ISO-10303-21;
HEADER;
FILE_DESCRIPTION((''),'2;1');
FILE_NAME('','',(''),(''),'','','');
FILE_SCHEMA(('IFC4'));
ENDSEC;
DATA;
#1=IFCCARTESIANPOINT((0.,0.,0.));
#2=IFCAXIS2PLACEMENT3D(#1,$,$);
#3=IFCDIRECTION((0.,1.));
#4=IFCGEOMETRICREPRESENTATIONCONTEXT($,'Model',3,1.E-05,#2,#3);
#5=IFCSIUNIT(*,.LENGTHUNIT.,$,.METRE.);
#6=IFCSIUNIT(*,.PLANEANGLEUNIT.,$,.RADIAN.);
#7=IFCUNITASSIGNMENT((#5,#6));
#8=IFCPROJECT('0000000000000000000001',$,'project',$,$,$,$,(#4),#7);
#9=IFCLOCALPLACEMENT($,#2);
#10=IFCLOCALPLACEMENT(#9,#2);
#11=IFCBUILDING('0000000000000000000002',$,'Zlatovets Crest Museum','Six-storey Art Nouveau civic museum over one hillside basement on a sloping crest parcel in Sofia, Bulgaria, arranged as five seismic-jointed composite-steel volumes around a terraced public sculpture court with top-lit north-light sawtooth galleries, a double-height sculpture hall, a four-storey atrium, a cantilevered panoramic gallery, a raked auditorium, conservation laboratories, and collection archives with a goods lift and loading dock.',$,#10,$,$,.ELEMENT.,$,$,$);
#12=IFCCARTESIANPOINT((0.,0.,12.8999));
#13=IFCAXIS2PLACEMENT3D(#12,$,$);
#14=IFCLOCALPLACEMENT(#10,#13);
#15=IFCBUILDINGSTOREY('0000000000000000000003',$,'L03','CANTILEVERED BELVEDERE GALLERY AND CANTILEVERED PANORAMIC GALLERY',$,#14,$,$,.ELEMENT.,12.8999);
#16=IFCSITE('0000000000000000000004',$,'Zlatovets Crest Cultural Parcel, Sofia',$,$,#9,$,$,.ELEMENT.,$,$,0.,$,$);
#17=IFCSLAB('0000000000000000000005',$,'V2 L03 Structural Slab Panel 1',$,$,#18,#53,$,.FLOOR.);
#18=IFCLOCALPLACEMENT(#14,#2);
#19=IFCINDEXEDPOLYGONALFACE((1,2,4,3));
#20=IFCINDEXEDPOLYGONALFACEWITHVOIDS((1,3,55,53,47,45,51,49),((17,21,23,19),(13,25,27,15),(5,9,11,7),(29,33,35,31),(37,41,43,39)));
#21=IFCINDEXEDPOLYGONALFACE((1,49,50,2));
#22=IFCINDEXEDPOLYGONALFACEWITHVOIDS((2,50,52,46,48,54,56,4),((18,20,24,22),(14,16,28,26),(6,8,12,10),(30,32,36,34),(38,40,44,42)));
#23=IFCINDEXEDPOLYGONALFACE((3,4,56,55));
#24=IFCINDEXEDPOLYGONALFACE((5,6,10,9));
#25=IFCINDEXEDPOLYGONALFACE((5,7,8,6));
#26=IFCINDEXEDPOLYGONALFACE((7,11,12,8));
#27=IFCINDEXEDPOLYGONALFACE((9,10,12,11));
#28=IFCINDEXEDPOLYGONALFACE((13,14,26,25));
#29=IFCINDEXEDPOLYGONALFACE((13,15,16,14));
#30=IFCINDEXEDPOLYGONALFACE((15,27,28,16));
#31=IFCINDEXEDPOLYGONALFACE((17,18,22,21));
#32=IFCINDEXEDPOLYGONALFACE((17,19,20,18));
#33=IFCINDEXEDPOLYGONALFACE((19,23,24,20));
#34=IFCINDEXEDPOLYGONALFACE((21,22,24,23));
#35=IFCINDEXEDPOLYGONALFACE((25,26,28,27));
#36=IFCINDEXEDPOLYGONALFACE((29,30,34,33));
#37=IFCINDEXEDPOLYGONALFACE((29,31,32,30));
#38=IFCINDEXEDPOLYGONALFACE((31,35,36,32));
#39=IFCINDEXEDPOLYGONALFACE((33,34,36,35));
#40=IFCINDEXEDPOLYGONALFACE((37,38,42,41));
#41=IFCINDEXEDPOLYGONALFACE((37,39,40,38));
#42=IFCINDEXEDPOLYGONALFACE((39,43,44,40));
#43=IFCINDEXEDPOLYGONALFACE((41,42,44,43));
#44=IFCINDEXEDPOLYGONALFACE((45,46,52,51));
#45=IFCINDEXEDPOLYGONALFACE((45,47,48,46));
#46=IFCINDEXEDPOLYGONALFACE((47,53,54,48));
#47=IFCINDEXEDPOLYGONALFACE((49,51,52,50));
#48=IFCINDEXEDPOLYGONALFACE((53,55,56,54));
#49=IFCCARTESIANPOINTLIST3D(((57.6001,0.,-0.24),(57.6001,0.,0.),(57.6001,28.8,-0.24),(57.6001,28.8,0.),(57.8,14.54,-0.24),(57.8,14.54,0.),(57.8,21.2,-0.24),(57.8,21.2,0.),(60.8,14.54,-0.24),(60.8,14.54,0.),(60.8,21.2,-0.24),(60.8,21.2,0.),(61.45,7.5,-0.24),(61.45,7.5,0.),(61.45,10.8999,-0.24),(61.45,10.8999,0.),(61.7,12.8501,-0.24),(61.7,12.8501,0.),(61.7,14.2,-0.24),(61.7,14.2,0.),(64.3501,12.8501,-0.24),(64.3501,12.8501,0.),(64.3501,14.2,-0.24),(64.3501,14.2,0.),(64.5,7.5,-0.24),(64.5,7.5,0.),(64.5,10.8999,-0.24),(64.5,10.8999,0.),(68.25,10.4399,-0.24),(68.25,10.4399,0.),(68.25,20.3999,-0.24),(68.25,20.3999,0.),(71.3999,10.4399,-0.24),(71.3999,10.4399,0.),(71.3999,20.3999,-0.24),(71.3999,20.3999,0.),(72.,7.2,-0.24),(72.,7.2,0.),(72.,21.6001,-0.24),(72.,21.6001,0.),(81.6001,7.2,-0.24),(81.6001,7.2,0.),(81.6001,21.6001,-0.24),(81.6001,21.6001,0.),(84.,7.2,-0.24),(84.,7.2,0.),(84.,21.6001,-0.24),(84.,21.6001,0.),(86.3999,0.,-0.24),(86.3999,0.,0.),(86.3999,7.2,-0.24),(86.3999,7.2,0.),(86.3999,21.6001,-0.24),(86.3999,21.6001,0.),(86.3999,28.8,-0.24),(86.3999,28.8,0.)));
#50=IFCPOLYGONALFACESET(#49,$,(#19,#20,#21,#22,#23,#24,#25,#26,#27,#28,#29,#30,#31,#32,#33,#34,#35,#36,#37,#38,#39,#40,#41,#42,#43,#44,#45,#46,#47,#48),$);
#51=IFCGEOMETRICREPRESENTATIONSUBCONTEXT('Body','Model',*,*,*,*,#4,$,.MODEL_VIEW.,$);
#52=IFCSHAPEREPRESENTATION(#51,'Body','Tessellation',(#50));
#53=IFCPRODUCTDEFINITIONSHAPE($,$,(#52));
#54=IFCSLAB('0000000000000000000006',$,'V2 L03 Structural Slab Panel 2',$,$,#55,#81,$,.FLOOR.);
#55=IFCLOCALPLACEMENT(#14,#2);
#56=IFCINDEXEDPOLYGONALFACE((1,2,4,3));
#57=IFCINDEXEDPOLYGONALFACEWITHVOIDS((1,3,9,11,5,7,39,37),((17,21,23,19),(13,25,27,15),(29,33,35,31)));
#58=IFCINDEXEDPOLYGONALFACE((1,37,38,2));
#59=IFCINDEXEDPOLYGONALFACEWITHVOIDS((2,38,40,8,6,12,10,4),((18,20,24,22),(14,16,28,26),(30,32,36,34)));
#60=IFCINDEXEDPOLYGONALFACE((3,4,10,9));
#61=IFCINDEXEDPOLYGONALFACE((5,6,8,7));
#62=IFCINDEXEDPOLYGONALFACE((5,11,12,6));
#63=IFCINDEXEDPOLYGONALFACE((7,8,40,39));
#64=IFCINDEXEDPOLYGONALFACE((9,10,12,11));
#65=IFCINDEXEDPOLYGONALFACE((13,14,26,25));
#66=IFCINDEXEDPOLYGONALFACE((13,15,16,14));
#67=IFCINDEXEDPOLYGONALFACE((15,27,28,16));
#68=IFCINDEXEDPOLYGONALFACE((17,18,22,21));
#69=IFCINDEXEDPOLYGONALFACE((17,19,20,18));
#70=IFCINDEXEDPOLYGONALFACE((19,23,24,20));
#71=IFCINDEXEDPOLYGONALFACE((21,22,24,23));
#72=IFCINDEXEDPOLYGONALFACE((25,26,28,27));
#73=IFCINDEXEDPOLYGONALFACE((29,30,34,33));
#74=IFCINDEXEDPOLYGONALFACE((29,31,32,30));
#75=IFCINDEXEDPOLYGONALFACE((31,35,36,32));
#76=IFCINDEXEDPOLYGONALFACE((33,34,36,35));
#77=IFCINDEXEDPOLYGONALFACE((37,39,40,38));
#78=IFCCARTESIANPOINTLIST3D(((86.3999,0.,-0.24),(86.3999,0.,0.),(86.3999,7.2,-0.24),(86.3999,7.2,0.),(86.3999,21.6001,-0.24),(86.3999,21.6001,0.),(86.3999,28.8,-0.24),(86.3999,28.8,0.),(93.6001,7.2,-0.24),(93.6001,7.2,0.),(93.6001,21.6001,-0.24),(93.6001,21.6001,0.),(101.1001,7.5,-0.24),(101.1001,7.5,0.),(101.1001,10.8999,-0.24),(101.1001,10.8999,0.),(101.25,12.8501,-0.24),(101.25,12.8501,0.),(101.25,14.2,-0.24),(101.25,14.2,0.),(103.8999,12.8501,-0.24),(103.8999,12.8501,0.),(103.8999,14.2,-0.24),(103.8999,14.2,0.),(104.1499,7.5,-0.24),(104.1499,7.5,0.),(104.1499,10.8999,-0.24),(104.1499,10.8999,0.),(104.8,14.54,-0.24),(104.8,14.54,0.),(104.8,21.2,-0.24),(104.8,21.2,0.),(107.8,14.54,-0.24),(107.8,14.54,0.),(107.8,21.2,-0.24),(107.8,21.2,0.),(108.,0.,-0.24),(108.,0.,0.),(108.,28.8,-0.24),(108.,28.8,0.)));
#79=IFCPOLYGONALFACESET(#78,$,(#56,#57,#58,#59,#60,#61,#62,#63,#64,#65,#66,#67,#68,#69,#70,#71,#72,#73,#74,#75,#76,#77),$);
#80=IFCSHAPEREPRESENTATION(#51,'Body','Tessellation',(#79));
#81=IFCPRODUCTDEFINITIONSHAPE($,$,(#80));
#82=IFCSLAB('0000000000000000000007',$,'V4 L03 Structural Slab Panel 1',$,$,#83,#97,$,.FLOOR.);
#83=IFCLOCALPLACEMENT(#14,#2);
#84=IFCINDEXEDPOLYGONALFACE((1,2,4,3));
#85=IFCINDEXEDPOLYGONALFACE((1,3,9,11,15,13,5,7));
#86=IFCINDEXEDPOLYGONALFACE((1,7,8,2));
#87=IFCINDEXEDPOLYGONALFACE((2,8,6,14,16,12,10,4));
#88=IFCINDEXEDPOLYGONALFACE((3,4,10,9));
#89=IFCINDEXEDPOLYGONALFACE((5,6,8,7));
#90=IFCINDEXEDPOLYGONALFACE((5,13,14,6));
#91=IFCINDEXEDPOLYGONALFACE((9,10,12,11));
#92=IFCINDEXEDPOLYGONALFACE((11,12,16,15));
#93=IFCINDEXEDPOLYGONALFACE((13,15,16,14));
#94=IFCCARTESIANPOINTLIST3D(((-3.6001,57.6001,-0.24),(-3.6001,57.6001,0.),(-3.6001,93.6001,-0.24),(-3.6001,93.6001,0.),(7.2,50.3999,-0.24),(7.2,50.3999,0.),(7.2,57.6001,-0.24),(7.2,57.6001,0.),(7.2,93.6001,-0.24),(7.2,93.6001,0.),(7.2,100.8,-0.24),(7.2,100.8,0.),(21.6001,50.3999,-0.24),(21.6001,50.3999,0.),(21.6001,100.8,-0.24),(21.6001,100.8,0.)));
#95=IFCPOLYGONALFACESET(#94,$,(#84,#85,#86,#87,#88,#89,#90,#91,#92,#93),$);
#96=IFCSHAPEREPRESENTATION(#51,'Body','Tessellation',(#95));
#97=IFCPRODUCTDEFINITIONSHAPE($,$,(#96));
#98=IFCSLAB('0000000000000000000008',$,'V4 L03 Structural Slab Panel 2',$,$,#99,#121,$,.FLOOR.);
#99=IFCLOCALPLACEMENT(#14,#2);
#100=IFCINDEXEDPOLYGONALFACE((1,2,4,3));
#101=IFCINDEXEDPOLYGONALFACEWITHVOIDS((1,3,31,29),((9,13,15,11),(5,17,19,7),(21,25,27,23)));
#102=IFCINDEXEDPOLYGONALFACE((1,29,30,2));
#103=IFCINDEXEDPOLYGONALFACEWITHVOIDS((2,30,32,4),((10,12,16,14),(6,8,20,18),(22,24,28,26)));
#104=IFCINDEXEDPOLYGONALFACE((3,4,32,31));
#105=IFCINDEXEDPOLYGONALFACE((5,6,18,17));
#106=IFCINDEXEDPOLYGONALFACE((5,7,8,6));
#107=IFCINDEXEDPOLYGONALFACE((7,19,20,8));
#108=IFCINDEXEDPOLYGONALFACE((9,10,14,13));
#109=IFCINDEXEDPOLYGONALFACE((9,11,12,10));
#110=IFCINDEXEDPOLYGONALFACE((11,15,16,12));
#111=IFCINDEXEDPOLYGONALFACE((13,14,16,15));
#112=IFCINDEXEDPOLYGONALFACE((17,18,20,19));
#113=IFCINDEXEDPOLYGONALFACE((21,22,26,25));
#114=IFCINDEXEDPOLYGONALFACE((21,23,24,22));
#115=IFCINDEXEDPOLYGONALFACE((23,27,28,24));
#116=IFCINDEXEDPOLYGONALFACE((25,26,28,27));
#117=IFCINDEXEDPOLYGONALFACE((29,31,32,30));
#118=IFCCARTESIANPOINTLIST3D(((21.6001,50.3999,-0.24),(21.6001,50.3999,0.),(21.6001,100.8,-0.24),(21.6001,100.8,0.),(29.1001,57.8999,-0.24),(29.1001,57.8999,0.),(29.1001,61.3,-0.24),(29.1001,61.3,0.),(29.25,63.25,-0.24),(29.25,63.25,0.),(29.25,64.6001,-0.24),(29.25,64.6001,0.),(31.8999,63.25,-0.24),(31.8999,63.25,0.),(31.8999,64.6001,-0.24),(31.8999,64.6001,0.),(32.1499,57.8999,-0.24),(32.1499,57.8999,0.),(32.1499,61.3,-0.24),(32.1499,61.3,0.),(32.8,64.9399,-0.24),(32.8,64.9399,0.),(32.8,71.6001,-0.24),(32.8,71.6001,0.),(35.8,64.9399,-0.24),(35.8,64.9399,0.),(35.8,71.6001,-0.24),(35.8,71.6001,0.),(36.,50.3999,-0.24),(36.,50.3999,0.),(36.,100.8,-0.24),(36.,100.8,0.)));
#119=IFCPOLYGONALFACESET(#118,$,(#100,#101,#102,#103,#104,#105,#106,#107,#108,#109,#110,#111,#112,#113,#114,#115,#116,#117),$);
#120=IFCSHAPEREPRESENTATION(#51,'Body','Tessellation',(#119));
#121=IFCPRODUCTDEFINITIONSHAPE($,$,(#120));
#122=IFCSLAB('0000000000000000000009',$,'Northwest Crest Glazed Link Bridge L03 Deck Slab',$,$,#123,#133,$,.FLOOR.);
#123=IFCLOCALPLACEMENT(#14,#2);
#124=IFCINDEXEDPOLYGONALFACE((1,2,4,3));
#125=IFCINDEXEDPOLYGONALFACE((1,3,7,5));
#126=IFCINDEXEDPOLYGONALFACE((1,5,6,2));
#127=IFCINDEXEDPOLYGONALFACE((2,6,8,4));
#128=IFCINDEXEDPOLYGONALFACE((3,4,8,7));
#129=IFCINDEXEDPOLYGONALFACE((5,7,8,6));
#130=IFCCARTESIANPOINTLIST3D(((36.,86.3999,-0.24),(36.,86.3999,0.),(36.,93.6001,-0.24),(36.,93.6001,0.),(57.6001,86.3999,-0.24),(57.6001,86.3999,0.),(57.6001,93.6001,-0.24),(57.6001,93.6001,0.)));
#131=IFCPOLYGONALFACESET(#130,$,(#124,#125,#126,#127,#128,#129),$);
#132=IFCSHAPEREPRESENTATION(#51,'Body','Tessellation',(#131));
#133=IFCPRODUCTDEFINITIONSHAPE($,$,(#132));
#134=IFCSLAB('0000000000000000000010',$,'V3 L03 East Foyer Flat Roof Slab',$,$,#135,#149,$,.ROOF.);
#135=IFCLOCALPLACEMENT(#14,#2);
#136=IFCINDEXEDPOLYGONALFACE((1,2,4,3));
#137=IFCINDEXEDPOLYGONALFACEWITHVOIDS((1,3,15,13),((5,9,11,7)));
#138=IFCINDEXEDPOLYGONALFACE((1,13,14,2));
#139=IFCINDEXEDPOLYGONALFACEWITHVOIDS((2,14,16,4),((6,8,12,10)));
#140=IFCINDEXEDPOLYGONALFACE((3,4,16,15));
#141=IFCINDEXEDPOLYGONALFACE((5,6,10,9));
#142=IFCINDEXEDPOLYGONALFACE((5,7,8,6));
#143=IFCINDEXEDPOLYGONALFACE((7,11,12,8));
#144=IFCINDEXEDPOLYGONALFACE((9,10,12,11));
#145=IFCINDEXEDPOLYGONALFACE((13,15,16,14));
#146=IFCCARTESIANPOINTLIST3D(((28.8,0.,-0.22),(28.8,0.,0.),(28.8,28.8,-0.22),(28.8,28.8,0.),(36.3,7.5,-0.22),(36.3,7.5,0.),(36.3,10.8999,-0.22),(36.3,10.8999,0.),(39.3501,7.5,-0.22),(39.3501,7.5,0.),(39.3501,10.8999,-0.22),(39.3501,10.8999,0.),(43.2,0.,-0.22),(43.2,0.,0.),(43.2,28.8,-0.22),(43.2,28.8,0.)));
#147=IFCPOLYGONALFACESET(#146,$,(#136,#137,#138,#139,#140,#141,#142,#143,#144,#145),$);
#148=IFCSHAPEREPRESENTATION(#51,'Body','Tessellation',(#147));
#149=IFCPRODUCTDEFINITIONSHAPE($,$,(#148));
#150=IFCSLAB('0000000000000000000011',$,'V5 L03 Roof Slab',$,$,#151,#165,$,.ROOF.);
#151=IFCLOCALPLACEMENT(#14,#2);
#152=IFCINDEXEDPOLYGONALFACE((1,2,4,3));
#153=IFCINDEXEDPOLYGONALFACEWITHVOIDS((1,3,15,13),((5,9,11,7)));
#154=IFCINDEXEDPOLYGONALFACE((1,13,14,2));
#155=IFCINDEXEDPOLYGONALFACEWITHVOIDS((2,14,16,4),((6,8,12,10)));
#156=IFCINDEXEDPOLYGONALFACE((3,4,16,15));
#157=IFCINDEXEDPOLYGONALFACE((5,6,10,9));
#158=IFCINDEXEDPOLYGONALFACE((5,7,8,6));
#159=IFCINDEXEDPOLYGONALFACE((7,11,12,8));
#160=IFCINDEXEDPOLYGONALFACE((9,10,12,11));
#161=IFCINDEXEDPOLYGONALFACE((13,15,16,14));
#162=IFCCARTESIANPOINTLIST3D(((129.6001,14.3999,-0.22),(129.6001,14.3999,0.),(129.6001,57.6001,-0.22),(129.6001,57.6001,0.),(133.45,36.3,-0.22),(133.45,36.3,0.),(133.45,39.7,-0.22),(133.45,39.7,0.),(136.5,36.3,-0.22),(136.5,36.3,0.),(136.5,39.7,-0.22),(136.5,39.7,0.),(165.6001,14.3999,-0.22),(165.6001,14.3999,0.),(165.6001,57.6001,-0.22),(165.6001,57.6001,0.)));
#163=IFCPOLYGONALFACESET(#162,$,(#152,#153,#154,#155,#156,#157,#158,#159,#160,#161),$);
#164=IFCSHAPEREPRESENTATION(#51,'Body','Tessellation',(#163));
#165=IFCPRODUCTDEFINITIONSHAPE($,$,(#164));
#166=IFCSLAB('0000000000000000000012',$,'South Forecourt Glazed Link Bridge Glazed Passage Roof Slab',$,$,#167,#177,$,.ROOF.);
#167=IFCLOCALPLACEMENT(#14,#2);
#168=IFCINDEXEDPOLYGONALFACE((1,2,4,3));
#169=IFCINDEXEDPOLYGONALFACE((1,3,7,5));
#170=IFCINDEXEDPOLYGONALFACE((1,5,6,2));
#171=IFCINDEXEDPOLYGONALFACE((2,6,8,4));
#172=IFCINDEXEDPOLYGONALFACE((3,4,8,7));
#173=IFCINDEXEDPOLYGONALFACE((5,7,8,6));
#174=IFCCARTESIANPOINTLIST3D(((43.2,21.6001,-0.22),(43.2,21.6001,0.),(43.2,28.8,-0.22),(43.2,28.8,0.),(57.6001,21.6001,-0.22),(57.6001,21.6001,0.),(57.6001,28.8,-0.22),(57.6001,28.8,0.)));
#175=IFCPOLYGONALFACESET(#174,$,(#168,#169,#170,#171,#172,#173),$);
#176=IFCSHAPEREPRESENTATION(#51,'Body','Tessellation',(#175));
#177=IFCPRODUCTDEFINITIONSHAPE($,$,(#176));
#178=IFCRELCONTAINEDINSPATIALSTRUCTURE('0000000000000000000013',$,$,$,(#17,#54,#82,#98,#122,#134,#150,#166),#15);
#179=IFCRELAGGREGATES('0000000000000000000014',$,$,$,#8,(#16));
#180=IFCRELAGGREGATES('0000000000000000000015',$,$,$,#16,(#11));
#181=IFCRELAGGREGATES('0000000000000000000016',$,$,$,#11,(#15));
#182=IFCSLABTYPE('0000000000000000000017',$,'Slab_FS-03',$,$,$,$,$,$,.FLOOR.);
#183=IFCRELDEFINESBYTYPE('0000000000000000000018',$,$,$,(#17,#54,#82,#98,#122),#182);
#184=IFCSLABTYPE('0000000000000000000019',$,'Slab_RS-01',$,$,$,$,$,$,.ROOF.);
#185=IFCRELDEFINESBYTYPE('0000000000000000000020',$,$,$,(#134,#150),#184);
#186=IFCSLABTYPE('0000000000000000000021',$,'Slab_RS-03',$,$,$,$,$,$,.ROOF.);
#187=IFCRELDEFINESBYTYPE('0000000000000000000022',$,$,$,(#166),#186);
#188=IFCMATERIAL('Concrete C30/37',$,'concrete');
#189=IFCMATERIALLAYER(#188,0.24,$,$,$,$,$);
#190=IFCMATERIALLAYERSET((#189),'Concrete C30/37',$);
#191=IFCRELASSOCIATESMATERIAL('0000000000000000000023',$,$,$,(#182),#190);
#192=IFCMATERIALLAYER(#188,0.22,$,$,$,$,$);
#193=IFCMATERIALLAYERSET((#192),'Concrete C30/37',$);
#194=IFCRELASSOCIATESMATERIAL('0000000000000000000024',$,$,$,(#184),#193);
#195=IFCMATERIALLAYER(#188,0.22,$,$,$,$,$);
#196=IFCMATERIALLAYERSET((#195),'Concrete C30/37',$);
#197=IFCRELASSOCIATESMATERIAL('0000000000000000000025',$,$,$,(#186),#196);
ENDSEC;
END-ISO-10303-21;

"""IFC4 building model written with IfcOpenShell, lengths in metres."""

from ifc_helpers import new_model, si_unit, direction, frame, origin, place, context, subcontext, project, spatial, polyline, outline, extrude, material, layer, layer_set, type_object, element, save


model = new_model("IFC4")

# Units and contexts
model_context = context("Model", 3, precision=1e-05, world=origin(), true_north=direction((0.0, 1.0)))
body_context = subcontext(model_context, "Body", "Model", "MODEL_VIEW")
ifc_project = project(units=[si_unit("LENGTHUNIT", "METRE"), si_unit("PLANEANGLEUNIT", "RADIAN")], contexts=[model_context])

# Site, building, storey
site_placement = place(None, origin())
site = spatial("IfcSite", under=ifc_project, at=site_placement, Name="Zlatovets Crest Cultural Parcel, Sofia", CompositionType="ELEMENT", RefElevation=0.0)
building_placement = place(site_placement, origin())
building = spatial("IfcBuilding", under=site, at=building_placement, Name="Zlatovets Crest Museum", Description="Six-storey Art Nouveau civic museum over one hillside basement on a sloping crest parcel in Sofia, Bulgaria, arranged as five seismic-jointed composite-steel volumes around a terraced public sculpture court with top-lit north-light sawtooth galleries, a double-height sculpture hall, a four-storey atrium, a cantilevered panoramic gallery, a raked auditorium, conservation laboratories, and collection archives with a goods lift and loading dock.", CompositionType="ELEMENT")
storey_placement = place(building_placement, frame((0.0, 0.0, 12.8999)))
storey = spatial("IfcBuildingStorey", under=building, at=storey_placement, Name="L03", Description="CANTILEVERED BELVEDERE GALLERY AND CANTILEVERED PANORAMIC GALLERY", CompositionType="ELEMENT", Elevation=12.8999)

# Slabs
ifc_material_1 = material(Name="Concrete C30/37", Category="concrete")
ifc_layer_1 = layer(ifc_material_1, 0.24)
ifc_layer_set_1 = layer_set([ifc_layer_1], Name="Concrete C30/37")
slab_type_1 = type_object("IfcSlabType", Name="Slab_FS-03", PredefinedType="FLOOR", material=ifc_layer_set_1)
slab_1_placement = place(storey_placement, frame((0.0, 0.0, -0.24)))
element("IfcSlab", 1, at=slab_1_placement, inside=storey, type_object=slab_type_1, Name="V2 L03 Structural Slab Panel 1", PredefinedType="FLOOR", context=body_context, shape_type="SweptSolid", body=[
    extrude(outline(polyline([(57.6001, 28.8), (86.3999, 28.8), (86.3999, 21.6001), (84.0, 21.6001), (84.0, 7.2), (86.3999, 7.2), (86.3999, 0.0), (57.6001, 0.0), (57.6001, 28.8)]), holes=[polyline([(72.0, 7.2), (81.6001, 7.2), (81.6001, 21.6001), (72.0, 21.6001), (72.0, 7.2)]), polyline([(57.8, 14.54), (60.8, 14.54), (60.8, 21.2), (57.8, 21.2), (57.8, 14.54)]), polyline([(71.3999, 20.3999), (68.25, 20.3999), (68.25, 10.4399), (71.3999, 10.4399), (71.3999, 20.3999)]), polyline([(64.5, 7.5), (64.5, 10.8999), (61.45, 10.8999), (61.45, 7.5), (64.5, 7.5)]), polyline([(61.7, 12.8501), (64.3501, 12.8501), (64.3501, 14.2), (61.7, 14.2), (61.7, 12.8501)])]), origin(), (0.0, 0.0, 1.0), 0.24),
])
slab_2_placement = place(storey_placement, frame((0.0, 0.0, -0.24)))
element("IfcSlab", 2, at=slab_2_placement, inside=storey, type_object=slab_type_1, Name="V2 L03 Structural Slab Panel 2", PredefinedType="FLOOR", context=body_context, shape_type="SweptSolid", body=[
    extrude(outline(polyline([(108.0, 0.0), (86.3999, 0.0), (86.3999, 7.2), (93.6001, 7.2), (93.6001, 21.6001), (86.3999, 21.6001), (86.3999, 28.8), (108.0, 28.8), (108.0, 0.0)]), holes=[polyline([(104.8, 21.2), (104.8, 14.54), (107.8, 14.54), (107.8, 21.2), (104.8, 21.2)]), polyline([(101.1001, 10.8999), (101.1001, 7.5), (104.1499, 7.5), (104.1499, 10.8999), (101.1001, 10.8999)]), polyline([(103.8999, 14.2), (101.25, 14.2), (101.25, 12.8501), (103.8999, 12.8501), (103.8999, 14.2)])]), origin(), (0.0, 0.0, 1.0), 0.24),
])
slab_3_placement = place(storey_placement, frame((0.0, 0.0, -0.24)))
element("IfcSlab", 3, at=slab_3_placement, inside=storey, type_object=slab_type_1, Name="V4 L03 Structural Slab Panel 1", PredefinedType="FLOOR", context=body_context, shape_type="SweptSolid", body=[
    extrude(outline(polyline([(21.6001, 100.8), (21.6001, 50.3999), (7.2, 50.3999), (7.2, 57.6001), (-3.6001, 57.6001), (-3.6001, 93.6001), (7.2, 93.6001), (7.2, 100.8), (21.6001, 100.8)])), origin(), (0.0, 0.0, 1.0), 0.24),
])
slab_4_placement = place(storey_placement, frame((0.0, 0.0, -0.24)))
element("IfcSlab", 4, at=slab_4_placement, inside=storey, type_object=slab_type_1, Name="V4 L03 Structural Slab Panel 2", PredefinedType="FLOOR", context=body_context, shape_type="SweptSolid", body=[
    extrude(outline(polyline([(21.6001, 100.8), (36.0, 100.8), (36.0, 50.3999), (21.6001, 50.3999), (21.6001, 100.8)]), holes=[polyline([(32.8, 64.9399), (35.8, 64.9399), (35.8, 71.6001), (32.8, 71.6001), (32.8, 64.9399)]), polyline([(29.1001, 61.3), (29.1001, 57.8999), (32.1499, 57.8999), (32.1499, 61.3), (29.1001, 61.3)]), polyline([(31.8999, 64.6001), (29.25, 64.6001), (29.25, 63.25), (31.8999, 63.25), (31.8999, 64.6001)])]), origin(), (0.0, 0.0, 1.0), 0.24),
])
slab_5_placement = place(storey_placement, frame((0.0, 0.0, -0.24)))
element("IfcSlab", 5, at=slab_5_placement, inside=storey, type_object=slab_type_1, Name="Northwest Crest Glazed Link Bridge L03 Deck Slab", PredefinedType="FLOOR", context=body_context, shape_type="SweptSolid", body=[
    extrude(outline(polyline([(57.6001, 86.3999), (57.6001, 93.6001), (36.0, 93.6001), (36.0, 86.3999), (57.6001, 86.3999)])), origin(), (0.0, 0.0, 1.0), 0.24),
])
ifc_layer_2 = layer(ifc_material_1, 0.22)
ifc_layer_set_2 = layer_set([ifc_layer_2], Name="Concrete C30/37")
slab_type_2 = type_object("IfcSlabType", Name="Slab_RS-01", PredefinedType="ROOF", material=ifc_layer_set_2)
slab_6_placement = place(storey_placement, frame((0.0, 0.0, -0.22)))
element("IfcSlab", 6, at=slab_6_placement, inside=storey, type_object=slab_type_2, Name="V3 L03 East Foyer Flat Roof Slab", PredefinedType="ROOF", context=body_context, shape_type="SweptSolid", body=[
    extrude(outline(polyline([(28.8, 0.0), (28.8, 28.8), (43.2, 28.8), (43.2, 0.0), (28.8, 0.0)]), holes=[polyline([(39.3501, 10.8999), (36.3, 10.8999), (36.3, 7.5), (39.3501, 7.5), (39.3501, 10.8999)])]), origin(), (0.0, 0.0, 1.0), 0.22),
])
slab_7_placement = place(storey_placement, frame((0.0, 0.0, -0.22)))
element("IfcSlab", 7, at=slab_7_placement, inside=storey, type_object=slab_type_2, Name="V5 L03 Roof Slab", PredefinedType="ROOF", context=body_context, shape_type="SweptSolid", body=[
    extrude(outline(polyline([(129.6001, 14.3999), (129.6001, 57.6001), (165.6001, 57.6001), (165.6001, 14.3999), (129.6001, 14.3999)]), holes=[polyline([(136.5, 39.7), (133.45, 39.7), (133.45, 36.3), (136.5, 36.3), (136.5, 39.7)])]), origin(), (0.0, 0.0, 1.0), 0.22),
])
ifc_layer_3 = layer(ifc_material_1, 0.22)
ifc_layer_set_3 = layer_set([ifc_layer_3], Name="Concrete C30/37")
slab_type_3 = type_object("IfcSlabType", Name="Slab_RS-03", PredefinedType="ROOF", material=ifc_layer_set_3)
slab_8_placement = place(storey_placement, frame((0.0, 0.0, -0.22)))
element("IfcSlab", 8, at=slab_8_placement, inside=storey, type_object=slab_type_3, Name="South Forecourt Glazed Link Bridge Glazed Passage Roof Slab", PredefinedType="ROOF", context=body_context, shape_type="SweptSolid", body=[
    extrude(outline(polyline([(57.6001, 21.6001), (57.6001, 28.8), (43.2, 28.8), (43.2, 21.6001), (57.6001, 21.6001)])), origin(), (0.0, 0.0, 1.0), 0.22),
])

save(model, "model.ifc")
